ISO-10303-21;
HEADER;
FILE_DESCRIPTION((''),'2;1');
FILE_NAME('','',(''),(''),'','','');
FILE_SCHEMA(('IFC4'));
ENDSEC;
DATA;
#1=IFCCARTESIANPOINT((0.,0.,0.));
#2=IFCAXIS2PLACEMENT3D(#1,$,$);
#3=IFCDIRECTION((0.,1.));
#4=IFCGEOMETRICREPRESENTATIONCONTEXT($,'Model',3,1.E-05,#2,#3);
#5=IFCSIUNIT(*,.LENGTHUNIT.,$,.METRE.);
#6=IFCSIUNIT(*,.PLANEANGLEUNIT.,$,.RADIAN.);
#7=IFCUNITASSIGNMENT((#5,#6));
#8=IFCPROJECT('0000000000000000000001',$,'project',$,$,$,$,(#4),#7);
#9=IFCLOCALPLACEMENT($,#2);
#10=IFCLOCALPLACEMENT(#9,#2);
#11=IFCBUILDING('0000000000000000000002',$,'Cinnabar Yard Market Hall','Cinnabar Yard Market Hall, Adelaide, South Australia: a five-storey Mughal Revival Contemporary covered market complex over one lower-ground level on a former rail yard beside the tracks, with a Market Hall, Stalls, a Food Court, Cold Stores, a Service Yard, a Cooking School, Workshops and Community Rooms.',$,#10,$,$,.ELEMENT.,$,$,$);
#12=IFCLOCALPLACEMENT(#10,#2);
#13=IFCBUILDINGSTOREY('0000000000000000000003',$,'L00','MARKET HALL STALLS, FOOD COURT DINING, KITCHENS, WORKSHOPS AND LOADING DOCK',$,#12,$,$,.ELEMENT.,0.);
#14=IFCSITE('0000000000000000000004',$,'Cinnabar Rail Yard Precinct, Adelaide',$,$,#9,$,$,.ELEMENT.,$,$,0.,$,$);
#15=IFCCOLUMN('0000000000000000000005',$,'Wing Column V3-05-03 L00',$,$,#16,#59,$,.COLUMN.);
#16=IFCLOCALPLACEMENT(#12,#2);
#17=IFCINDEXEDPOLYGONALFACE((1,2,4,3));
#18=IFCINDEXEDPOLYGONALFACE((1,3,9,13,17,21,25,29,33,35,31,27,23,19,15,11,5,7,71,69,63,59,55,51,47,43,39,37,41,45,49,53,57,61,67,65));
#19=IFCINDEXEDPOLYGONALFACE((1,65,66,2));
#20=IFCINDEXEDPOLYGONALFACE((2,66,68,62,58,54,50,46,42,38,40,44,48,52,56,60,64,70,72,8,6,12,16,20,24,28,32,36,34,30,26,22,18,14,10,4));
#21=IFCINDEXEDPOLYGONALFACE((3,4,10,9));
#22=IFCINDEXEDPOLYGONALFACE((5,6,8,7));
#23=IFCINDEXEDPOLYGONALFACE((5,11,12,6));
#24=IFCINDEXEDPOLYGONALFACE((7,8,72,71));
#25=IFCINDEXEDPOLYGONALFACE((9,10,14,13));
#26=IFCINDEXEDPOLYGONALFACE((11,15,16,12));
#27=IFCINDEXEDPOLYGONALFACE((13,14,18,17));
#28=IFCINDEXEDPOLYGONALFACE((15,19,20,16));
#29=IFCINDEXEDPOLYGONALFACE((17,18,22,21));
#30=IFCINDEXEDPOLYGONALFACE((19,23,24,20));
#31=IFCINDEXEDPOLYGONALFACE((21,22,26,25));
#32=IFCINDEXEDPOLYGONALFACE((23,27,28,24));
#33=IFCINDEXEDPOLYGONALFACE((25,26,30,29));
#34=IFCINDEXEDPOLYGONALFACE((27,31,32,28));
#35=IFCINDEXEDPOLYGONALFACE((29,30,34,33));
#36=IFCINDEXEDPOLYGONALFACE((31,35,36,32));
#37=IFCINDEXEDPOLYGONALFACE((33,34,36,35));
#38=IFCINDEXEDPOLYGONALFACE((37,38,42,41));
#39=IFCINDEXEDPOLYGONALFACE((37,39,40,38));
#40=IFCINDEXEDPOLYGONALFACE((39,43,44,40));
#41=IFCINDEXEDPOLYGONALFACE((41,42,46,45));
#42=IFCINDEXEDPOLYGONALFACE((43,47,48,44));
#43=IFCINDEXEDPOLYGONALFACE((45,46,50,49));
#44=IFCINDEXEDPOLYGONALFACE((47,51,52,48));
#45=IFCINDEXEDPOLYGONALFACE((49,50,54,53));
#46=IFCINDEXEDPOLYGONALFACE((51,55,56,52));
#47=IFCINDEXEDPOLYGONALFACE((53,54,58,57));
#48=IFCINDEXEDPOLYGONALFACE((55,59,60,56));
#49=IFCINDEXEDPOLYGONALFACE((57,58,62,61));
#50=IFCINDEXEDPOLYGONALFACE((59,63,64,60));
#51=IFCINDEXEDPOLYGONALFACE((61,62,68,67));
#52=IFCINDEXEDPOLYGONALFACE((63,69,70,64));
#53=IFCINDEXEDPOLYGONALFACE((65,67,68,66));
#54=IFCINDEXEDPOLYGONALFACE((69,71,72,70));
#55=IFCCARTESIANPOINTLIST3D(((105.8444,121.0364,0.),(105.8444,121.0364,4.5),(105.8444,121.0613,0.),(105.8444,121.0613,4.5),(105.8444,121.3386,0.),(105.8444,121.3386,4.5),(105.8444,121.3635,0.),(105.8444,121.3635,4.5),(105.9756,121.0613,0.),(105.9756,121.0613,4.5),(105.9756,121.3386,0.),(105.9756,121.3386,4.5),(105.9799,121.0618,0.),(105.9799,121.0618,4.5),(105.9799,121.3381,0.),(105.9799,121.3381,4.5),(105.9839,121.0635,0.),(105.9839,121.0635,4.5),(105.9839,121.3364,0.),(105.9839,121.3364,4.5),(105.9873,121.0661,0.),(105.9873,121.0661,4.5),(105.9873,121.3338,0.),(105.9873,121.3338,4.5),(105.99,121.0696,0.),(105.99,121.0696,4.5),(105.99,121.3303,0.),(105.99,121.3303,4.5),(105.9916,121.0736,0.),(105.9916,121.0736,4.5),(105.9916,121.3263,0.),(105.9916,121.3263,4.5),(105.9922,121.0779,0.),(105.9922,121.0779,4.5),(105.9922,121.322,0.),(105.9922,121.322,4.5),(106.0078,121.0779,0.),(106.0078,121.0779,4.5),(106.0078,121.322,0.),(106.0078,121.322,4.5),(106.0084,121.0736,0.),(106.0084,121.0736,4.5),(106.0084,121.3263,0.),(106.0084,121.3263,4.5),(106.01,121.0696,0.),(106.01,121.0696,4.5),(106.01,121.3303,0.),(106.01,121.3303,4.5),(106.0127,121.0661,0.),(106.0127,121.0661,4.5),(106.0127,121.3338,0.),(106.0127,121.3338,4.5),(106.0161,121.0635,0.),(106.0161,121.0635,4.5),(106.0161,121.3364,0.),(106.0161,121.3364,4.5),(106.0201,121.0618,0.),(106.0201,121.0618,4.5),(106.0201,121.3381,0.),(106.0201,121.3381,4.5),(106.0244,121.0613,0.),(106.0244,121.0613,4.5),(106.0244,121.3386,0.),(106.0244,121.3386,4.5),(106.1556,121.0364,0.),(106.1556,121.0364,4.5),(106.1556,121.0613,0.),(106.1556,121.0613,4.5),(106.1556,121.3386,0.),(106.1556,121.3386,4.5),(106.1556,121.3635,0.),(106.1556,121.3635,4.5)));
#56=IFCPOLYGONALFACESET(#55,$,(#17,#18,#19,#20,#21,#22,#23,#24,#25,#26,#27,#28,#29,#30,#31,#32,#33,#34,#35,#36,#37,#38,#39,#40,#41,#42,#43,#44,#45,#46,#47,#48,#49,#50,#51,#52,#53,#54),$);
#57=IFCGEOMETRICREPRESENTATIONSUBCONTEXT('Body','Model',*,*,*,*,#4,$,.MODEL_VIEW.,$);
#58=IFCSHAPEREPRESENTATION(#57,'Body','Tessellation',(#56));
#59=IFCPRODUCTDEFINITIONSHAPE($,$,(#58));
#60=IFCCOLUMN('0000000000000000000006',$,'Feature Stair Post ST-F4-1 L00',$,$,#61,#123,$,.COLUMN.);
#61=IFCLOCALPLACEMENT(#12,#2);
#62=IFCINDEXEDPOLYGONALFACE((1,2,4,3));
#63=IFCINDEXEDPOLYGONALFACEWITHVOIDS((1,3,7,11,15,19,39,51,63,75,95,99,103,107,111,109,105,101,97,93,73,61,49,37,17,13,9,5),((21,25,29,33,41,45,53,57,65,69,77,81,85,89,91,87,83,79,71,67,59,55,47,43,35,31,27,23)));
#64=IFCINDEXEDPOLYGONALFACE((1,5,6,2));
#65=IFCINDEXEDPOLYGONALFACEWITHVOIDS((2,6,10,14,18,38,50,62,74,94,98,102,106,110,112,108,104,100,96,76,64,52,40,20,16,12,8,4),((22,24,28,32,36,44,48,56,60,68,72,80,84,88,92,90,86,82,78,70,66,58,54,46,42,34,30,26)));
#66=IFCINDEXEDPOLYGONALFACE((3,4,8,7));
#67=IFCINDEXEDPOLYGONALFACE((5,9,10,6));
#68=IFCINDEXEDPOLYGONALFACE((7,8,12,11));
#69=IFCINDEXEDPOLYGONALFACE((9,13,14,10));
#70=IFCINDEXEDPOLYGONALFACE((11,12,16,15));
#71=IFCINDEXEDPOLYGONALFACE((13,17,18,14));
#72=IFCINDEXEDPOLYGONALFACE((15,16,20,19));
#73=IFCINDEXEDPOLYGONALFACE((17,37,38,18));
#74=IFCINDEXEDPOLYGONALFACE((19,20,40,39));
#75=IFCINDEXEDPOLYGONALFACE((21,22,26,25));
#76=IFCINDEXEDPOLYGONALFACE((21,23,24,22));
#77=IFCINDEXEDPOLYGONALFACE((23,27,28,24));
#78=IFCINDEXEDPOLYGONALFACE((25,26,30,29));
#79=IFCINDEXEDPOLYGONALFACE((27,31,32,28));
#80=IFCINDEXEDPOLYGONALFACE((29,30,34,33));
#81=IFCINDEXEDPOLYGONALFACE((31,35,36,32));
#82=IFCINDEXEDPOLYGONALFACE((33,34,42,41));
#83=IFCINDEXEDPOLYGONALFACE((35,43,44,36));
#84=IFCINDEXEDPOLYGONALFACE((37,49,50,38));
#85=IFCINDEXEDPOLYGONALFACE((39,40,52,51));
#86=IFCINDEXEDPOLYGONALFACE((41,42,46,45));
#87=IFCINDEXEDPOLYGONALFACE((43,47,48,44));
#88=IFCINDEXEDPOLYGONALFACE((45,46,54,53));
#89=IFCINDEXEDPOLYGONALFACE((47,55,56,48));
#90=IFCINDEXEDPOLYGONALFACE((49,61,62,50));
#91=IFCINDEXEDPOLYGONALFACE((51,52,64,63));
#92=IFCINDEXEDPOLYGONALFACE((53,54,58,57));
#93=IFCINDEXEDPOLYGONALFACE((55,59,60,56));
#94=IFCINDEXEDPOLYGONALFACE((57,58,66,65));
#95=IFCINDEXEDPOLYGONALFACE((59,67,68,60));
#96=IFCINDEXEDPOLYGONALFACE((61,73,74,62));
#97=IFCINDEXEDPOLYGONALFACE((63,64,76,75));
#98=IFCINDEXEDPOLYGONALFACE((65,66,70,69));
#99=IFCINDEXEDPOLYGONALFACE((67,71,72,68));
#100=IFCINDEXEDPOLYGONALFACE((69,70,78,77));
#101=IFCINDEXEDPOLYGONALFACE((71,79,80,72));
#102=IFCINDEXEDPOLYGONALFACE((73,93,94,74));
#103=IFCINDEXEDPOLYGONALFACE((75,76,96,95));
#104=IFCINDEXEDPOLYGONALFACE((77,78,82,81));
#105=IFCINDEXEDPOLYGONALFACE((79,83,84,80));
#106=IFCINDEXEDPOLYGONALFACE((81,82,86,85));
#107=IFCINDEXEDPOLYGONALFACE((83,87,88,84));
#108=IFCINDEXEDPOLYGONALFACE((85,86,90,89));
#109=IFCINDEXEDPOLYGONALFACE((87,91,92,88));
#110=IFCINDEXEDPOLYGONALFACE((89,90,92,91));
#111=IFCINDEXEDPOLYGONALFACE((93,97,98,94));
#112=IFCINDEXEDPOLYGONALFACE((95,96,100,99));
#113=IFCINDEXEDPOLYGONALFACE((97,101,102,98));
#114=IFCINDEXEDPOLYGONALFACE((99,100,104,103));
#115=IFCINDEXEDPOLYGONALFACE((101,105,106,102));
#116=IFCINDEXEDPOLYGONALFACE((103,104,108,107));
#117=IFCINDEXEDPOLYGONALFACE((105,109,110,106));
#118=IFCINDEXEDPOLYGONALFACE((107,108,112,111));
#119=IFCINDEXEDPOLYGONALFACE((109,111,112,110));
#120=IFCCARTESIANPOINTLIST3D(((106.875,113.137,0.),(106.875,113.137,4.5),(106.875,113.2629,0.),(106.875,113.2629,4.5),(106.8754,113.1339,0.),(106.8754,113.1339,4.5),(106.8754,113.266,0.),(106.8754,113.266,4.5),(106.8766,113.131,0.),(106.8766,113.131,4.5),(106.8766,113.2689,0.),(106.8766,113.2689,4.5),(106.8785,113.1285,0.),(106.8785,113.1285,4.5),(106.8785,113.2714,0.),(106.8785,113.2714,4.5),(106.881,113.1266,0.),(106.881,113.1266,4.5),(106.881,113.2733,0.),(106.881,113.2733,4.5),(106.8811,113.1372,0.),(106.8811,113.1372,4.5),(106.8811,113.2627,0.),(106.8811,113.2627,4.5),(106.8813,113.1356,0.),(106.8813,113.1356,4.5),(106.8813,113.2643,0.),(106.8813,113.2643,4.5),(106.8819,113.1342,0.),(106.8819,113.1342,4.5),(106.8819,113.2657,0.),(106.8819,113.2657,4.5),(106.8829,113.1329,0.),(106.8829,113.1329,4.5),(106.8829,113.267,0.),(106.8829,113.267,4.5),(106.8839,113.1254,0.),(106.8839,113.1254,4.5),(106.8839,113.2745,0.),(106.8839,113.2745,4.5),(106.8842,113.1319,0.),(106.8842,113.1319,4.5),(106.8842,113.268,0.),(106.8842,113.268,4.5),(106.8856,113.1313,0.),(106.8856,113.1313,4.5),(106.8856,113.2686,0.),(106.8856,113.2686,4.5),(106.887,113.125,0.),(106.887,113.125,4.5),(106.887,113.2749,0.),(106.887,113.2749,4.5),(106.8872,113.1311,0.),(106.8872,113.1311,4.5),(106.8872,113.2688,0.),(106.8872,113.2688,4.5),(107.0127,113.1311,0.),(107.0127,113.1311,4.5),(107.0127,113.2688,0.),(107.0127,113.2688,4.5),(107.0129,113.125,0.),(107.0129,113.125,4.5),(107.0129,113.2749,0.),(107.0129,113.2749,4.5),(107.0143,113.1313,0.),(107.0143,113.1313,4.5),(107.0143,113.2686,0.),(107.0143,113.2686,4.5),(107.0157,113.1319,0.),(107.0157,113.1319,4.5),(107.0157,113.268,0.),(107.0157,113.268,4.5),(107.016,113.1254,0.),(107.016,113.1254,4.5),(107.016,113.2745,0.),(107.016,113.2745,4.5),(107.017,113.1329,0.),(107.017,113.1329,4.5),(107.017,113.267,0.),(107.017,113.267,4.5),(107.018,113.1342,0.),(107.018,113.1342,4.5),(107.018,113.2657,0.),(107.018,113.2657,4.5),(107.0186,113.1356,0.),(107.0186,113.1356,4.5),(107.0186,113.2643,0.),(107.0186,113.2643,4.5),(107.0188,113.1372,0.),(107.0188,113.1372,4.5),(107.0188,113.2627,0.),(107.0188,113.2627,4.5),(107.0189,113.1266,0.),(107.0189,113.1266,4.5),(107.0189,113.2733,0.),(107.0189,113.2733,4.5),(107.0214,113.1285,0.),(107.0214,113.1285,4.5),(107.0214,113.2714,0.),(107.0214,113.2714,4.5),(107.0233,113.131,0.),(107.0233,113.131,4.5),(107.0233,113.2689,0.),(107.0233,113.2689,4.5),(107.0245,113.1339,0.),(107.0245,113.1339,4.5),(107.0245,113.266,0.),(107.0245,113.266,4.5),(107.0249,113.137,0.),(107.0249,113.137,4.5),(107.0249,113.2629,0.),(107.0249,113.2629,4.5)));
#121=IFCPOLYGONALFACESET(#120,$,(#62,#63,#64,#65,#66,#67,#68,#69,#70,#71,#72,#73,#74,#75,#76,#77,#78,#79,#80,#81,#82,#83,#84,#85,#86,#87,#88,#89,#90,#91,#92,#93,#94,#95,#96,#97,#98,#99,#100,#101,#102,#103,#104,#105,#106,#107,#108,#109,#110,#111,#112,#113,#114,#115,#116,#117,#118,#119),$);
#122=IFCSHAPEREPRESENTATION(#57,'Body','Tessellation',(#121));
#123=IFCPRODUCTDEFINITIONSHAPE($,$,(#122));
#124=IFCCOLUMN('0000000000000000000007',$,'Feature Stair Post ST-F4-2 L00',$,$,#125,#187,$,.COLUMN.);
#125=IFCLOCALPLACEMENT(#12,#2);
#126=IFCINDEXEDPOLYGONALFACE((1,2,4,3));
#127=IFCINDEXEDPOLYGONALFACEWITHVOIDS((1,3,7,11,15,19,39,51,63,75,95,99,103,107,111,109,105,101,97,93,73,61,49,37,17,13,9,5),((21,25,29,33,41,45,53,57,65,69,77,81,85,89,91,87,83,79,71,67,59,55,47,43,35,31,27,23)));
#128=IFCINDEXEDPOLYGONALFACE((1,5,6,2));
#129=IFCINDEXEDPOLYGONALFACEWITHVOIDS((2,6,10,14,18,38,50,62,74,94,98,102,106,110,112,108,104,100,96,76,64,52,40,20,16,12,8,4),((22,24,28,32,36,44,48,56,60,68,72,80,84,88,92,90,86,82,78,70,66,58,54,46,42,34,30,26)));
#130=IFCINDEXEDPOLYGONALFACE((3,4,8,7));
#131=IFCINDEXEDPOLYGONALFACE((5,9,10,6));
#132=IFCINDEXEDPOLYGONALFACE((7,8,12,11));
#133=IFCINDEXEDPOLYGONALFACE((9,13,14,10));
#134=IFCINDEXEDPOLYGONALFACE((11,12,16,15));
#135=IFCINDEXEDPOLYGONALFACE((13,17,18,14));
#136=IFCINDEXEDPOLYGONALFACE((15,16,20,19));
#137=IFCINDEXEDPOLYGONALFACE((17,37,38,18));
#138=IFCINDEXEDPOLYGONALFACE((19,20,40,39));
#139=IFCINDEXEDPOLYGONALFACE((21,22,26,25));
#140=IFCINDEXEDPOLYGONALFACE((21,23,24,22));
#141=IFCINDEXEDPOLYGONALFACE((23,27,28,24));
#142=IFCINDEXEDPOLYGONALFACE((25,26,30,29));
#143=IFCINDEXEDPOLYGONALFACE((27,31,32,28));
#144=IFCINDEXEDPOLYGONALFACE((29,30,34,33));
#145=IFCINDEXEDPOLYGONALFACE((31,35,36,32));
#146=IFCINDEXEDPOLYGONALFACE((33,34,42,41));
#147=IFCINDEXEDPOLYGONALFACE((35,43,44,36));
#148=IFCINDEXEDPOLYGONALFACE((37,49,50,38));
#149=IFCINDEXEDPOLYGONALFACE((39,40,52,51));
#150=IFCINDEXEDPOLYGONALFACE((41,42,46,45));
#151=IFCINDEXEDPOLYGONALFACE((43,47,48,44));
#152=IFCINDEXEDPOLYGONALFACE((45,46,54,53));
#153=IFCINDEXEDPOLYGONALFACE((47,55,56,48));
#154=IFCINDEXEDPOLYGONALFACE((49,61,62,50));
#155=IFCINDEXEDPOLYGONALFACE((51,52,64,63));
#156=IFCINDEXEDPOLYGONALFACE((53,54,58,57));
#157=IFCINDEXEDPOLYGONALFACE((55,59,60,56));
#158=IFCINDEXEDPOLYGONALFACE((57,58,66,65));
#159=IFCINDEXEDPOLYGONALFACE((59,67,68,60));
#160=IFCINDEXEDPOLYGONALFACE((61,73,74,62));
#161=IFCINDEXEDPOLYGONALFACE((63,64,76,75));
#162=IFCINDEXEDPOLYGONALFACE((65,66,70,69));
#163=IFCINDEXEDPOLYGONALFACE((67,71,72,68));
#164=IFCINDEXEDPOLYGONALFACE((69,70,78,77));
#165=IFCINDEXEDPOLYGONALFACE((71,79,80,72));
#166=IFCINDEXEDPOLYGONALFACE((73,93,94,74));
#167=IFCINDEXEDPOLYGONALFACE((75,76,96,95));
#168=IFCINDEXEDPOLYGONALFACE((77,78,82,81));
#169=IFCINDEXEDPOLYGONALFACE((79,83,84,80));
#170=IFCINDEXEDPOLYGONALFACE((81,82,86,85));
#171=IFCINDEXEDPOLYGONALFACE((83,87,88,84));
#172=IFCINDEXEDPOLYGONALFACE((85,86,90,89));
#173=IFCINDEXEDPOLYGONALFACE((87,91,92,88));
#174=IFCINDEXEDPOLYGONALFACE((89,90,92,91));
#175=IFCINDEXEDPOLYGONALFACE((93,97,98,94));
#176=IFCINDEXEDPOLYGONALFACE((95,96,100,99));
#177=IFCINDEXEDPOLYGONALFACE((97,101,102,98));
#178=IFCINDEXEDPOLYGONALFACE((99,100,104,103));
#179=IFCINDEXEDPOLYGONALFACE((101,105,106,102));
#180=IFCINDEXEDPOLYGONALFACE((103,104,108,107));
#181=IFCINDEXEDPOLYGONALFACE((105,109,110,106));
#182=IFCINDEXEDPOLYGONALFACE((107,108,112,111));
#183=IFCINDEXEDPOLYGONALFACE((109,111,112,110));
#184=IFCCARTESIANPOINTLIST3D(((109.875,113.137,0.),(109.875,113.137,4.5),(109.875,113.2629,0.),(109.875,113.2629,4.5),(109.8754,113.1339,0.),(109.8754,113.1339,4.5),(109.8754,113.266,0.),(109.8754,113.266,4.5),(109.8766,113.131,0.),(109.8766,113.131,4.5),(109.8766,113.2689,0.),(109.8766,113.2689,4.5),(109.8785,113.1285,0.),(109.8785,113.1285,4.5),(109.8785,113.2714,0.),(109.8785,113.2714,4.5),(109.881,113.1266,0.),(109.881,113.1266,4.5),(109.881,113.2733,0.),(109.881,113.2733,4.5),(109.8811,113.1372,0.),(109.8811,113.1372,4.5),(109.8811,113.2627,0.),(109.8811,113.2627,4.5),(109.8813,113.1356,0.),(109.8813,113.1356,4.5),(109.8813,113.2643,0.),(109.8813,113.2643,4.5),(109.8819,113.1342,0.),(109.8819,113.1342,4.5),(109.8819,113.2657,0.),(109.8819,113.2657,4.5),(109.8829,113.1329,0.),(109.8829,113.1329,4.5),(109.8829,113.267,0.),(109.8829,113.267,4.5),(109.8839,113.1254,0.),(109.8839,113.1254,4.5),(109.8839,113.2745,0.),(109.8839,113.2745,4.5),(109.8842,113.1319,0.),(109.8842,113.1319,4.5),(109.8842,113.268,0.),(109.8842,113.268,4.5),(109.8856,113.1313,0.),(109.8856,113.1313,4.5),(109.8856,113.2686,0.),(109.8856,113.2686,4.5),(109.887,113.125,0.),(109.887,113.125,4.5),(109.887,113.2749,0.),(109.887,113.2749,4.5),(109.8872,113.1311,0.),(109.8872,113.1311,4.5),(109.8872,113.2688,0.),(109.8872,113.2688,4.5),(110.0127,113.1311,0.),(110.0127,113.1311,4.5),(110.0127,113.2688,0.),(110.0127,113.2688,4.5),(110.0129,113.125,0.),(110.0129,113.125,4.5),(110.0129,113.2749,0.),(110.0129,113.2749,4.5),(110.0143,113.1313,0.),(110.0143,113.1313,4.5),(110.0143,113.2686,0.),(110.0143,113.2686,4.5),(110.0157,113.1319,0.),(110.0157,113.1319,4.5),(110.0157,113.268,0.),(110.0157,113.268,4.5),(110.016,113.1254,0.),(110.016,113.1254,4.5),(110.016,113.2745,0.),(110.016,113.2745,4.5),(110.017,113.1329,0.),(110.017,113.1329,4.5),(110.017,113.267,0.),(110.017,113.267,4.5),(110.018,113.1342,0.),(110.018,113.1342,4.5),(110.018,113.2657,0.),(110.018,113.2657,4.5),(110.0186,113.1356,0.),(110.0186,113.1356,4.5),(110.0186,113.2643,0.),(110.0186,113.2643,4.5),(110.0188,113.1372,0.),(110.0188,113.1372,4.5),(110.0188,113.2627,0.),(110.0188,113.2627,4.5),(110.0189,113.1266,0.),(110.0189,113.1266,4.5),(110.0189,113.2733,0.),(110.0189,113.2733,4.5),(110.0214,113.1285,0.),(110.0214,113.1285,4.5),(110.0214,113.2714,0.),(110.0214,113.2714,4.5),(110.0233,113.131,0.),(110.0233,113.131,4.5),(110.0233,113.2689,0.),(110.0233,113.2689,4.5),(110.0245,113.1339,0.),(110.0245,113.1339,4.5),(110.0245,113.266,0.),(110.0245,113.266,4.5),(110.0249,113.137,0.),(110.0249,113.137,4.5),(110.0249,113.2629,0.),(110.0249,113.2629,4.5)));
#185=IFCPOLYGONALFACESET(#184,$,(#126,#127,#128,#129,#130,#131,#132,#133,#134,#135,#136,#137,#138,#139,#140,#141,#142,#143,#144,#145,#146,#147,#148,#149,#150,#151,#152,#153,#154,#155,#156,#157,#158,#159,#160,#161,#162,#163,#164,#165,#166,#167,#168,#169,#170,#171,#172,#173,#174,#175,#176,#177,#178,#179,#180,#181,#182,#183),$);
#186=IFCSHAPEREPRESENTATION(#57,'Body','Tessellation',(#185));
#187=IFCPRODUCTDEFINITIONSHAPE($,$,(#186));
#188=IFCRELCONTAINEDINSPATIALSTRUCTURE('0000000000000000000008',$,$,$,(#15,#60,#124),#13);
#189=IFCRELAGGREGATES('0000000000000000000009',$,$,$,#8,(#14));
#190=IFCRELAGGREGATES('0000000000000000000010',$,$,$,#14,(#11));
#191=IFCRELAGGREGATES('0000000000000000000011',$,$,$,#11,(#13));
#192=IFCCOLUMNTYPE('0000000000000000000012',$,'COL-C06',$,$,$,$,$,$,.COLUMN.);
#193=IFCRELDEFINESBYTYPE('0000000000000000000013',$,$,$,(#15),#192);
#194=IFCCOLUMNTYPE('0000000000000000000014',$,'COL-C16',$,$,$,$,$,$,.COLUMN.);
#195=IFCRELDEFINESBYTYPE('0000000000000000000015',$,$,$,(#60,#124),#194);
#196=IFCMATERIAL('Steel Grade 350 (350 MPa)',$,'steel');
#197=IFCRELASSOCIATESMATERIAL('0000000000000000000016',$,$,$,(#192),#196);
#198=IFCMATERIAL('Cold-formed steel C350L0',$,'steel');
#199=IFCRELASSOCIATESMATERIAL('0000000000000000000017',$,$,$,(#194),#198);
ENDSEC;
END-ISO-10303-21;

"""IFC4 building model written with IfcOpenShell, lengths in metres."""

from ifc_helpers import new_model, si_unit, direction, frame, origin, origin_2d_with_axis, place, context, subcontext, project, spatial, hollow_rectangle, i_section, extrude, material, material_profile, profile_set, type_object, element, save


model = new_model("IFC4")

# Units and contexts
model_context = context("Model", 3, precision=1e-05, world=origin(), true_north=direction((0.0, 1.0)))
body_context = subcontext(model_context, "Body", "Model", "MODEL_VIEW")
ifc_project = project(units=[si_unit("LENGTHUNIT", "METRE"), si_unit("PLANEANGLEUNIT", "RADIAN")], contexts=[model_context])

# Site, building, storey
site_placement = place(None, origin())
site = spatial("IfcSite", under=ifc_project, at=site_placement, Name="Cinnabar Rail Yard Precinct, Adelaide", CompositionType="ELEMENT", RefElevation=0.0)
building_placement = place(site_placement, origin())
building = spatial("IfcBuilding", under=site, at=building_placement, Name="Cinnabar Yard Market Hall", Description="Cinnabar Yard Market Hall, Adelaide, South Australia: a five-storey Mughal Revival Contemporary covered market complex over one lower-ground level on a former rail yard beside the tracks, with a Market Hall, Stalls, a Food Court, Cold Stores, a Service Yard, a Cooking School, Workshops and Community Rooms.", CompositionType="ELEMENT")
storey_placement = place(building_placement, origin())
storey = spatial("IfcBuildingStorey", under=building, at=storey_placement, Name="L00", Description="MARKET HALL STALLS, FOOD COURT DINING, KITCHENS, WORKSHOPS AND LOADING DOCK", CompositionType="ELEMENT", Elevation=0.0)

# Columns
ifc_material_1 = material(Name="Steel Grade 350 (350 MPa)", Category="steel")
ifc_material_profile_1 = material_profile(ifc_material_1, i_section(OverallWidth=0.3113, OverallDepth=0.3271, WebThickness=0.0156, FlangeThickness=0.0249, FilletRadius=0.0166, at=origin_2d_with_axis()), Name="310UC158")
ifc_profile_set_1 = profile_set([ifc_material_profile_1], Name="Steel Grade 350 (350 MPa)")
column_type_1 = type_object("IfcColumnType", Name="COL-C06", PredefinedType="COLUMN", material=ifc_profile_set_1)
column_1_placement = place(storey_placement, frame((106.0, 121.2, 0.0), z_axis=(0.0, 0.0, 1.0), x_axis=(1.0, 0.0, 0.0)))
element("IfcColumn", 1, at=column_1_placement, inside=storey, type_object=column_type_1, Name="Wing Column V3-05-03 L00", PredefinedType="COLUMN", context=body_context, shape_type="SweptSolid", body=[
    extrude(i_section(OverallWidth=0.3113, OverallDepth=0.3271, WebThickness=0.0156, FlangeThickness=0.0249, FilletRadius=0.0166, at=origin_2d_with_axis()), origin(), (0.0, 0.0, 1.0), 4.5),
])
ifc_material_2 = material(Name="Cold-formed steel C350L0", Category="steel")
ifc_material_profile_2 = material_profile(ifc_material_2, hollow_rectangle(XDim=0.1499, YDim=0.1499, WallThickness=0.0061, InnerFilletRadius=0.0061, OuterFilletRadius=0.012, at=origin_2d_with_axis()), Name="150x150x6.0SHS")
ifc_profile_set_2 = profile_set([ifc_material_profile_2], Name="Cold-formed steel C350L0")
column_type_2 = type_object("IfcColumnType", Name="COL-C16", PredefinedType="COLUMN", material=ifc_profile_set_2)
for number, where, z_axis, x_axis, name in (
    (2, (106.95, 113.2, 0.0), (0.0, 0.0, 1.0), (1.0, 0.0, 0.0), "Feature Stair Post ST-F4-1 L00"),
    (3, (109.95, 113.2, 0.0), (0.0, 0.0, 1.0), (1.0, 0.0, 0.0), "Feature Stair Post ST-F4-2 L00"),
):
    element("IfcColumn", number, at=place(storey_placement, frame(where, z_axis=z_axis, x_axis=x_axis)), inside=storey, type_object=column_type_2, Name=name, PredefinedType="COLUMN", context=body_context, shape_type="SweptSolid", body=[
        extrude(hollow_rectangle(XDim=0.1499, YDim=0.1499, WallThickness=0.0061, InnerFilletRadius=0.0061, OuterFilletRadius=0.012, at=origin_2d_with_axis()), origin(), (0.0, 0.0, 1.0), 4.5),
    ])

save(model, "model.ifc")
